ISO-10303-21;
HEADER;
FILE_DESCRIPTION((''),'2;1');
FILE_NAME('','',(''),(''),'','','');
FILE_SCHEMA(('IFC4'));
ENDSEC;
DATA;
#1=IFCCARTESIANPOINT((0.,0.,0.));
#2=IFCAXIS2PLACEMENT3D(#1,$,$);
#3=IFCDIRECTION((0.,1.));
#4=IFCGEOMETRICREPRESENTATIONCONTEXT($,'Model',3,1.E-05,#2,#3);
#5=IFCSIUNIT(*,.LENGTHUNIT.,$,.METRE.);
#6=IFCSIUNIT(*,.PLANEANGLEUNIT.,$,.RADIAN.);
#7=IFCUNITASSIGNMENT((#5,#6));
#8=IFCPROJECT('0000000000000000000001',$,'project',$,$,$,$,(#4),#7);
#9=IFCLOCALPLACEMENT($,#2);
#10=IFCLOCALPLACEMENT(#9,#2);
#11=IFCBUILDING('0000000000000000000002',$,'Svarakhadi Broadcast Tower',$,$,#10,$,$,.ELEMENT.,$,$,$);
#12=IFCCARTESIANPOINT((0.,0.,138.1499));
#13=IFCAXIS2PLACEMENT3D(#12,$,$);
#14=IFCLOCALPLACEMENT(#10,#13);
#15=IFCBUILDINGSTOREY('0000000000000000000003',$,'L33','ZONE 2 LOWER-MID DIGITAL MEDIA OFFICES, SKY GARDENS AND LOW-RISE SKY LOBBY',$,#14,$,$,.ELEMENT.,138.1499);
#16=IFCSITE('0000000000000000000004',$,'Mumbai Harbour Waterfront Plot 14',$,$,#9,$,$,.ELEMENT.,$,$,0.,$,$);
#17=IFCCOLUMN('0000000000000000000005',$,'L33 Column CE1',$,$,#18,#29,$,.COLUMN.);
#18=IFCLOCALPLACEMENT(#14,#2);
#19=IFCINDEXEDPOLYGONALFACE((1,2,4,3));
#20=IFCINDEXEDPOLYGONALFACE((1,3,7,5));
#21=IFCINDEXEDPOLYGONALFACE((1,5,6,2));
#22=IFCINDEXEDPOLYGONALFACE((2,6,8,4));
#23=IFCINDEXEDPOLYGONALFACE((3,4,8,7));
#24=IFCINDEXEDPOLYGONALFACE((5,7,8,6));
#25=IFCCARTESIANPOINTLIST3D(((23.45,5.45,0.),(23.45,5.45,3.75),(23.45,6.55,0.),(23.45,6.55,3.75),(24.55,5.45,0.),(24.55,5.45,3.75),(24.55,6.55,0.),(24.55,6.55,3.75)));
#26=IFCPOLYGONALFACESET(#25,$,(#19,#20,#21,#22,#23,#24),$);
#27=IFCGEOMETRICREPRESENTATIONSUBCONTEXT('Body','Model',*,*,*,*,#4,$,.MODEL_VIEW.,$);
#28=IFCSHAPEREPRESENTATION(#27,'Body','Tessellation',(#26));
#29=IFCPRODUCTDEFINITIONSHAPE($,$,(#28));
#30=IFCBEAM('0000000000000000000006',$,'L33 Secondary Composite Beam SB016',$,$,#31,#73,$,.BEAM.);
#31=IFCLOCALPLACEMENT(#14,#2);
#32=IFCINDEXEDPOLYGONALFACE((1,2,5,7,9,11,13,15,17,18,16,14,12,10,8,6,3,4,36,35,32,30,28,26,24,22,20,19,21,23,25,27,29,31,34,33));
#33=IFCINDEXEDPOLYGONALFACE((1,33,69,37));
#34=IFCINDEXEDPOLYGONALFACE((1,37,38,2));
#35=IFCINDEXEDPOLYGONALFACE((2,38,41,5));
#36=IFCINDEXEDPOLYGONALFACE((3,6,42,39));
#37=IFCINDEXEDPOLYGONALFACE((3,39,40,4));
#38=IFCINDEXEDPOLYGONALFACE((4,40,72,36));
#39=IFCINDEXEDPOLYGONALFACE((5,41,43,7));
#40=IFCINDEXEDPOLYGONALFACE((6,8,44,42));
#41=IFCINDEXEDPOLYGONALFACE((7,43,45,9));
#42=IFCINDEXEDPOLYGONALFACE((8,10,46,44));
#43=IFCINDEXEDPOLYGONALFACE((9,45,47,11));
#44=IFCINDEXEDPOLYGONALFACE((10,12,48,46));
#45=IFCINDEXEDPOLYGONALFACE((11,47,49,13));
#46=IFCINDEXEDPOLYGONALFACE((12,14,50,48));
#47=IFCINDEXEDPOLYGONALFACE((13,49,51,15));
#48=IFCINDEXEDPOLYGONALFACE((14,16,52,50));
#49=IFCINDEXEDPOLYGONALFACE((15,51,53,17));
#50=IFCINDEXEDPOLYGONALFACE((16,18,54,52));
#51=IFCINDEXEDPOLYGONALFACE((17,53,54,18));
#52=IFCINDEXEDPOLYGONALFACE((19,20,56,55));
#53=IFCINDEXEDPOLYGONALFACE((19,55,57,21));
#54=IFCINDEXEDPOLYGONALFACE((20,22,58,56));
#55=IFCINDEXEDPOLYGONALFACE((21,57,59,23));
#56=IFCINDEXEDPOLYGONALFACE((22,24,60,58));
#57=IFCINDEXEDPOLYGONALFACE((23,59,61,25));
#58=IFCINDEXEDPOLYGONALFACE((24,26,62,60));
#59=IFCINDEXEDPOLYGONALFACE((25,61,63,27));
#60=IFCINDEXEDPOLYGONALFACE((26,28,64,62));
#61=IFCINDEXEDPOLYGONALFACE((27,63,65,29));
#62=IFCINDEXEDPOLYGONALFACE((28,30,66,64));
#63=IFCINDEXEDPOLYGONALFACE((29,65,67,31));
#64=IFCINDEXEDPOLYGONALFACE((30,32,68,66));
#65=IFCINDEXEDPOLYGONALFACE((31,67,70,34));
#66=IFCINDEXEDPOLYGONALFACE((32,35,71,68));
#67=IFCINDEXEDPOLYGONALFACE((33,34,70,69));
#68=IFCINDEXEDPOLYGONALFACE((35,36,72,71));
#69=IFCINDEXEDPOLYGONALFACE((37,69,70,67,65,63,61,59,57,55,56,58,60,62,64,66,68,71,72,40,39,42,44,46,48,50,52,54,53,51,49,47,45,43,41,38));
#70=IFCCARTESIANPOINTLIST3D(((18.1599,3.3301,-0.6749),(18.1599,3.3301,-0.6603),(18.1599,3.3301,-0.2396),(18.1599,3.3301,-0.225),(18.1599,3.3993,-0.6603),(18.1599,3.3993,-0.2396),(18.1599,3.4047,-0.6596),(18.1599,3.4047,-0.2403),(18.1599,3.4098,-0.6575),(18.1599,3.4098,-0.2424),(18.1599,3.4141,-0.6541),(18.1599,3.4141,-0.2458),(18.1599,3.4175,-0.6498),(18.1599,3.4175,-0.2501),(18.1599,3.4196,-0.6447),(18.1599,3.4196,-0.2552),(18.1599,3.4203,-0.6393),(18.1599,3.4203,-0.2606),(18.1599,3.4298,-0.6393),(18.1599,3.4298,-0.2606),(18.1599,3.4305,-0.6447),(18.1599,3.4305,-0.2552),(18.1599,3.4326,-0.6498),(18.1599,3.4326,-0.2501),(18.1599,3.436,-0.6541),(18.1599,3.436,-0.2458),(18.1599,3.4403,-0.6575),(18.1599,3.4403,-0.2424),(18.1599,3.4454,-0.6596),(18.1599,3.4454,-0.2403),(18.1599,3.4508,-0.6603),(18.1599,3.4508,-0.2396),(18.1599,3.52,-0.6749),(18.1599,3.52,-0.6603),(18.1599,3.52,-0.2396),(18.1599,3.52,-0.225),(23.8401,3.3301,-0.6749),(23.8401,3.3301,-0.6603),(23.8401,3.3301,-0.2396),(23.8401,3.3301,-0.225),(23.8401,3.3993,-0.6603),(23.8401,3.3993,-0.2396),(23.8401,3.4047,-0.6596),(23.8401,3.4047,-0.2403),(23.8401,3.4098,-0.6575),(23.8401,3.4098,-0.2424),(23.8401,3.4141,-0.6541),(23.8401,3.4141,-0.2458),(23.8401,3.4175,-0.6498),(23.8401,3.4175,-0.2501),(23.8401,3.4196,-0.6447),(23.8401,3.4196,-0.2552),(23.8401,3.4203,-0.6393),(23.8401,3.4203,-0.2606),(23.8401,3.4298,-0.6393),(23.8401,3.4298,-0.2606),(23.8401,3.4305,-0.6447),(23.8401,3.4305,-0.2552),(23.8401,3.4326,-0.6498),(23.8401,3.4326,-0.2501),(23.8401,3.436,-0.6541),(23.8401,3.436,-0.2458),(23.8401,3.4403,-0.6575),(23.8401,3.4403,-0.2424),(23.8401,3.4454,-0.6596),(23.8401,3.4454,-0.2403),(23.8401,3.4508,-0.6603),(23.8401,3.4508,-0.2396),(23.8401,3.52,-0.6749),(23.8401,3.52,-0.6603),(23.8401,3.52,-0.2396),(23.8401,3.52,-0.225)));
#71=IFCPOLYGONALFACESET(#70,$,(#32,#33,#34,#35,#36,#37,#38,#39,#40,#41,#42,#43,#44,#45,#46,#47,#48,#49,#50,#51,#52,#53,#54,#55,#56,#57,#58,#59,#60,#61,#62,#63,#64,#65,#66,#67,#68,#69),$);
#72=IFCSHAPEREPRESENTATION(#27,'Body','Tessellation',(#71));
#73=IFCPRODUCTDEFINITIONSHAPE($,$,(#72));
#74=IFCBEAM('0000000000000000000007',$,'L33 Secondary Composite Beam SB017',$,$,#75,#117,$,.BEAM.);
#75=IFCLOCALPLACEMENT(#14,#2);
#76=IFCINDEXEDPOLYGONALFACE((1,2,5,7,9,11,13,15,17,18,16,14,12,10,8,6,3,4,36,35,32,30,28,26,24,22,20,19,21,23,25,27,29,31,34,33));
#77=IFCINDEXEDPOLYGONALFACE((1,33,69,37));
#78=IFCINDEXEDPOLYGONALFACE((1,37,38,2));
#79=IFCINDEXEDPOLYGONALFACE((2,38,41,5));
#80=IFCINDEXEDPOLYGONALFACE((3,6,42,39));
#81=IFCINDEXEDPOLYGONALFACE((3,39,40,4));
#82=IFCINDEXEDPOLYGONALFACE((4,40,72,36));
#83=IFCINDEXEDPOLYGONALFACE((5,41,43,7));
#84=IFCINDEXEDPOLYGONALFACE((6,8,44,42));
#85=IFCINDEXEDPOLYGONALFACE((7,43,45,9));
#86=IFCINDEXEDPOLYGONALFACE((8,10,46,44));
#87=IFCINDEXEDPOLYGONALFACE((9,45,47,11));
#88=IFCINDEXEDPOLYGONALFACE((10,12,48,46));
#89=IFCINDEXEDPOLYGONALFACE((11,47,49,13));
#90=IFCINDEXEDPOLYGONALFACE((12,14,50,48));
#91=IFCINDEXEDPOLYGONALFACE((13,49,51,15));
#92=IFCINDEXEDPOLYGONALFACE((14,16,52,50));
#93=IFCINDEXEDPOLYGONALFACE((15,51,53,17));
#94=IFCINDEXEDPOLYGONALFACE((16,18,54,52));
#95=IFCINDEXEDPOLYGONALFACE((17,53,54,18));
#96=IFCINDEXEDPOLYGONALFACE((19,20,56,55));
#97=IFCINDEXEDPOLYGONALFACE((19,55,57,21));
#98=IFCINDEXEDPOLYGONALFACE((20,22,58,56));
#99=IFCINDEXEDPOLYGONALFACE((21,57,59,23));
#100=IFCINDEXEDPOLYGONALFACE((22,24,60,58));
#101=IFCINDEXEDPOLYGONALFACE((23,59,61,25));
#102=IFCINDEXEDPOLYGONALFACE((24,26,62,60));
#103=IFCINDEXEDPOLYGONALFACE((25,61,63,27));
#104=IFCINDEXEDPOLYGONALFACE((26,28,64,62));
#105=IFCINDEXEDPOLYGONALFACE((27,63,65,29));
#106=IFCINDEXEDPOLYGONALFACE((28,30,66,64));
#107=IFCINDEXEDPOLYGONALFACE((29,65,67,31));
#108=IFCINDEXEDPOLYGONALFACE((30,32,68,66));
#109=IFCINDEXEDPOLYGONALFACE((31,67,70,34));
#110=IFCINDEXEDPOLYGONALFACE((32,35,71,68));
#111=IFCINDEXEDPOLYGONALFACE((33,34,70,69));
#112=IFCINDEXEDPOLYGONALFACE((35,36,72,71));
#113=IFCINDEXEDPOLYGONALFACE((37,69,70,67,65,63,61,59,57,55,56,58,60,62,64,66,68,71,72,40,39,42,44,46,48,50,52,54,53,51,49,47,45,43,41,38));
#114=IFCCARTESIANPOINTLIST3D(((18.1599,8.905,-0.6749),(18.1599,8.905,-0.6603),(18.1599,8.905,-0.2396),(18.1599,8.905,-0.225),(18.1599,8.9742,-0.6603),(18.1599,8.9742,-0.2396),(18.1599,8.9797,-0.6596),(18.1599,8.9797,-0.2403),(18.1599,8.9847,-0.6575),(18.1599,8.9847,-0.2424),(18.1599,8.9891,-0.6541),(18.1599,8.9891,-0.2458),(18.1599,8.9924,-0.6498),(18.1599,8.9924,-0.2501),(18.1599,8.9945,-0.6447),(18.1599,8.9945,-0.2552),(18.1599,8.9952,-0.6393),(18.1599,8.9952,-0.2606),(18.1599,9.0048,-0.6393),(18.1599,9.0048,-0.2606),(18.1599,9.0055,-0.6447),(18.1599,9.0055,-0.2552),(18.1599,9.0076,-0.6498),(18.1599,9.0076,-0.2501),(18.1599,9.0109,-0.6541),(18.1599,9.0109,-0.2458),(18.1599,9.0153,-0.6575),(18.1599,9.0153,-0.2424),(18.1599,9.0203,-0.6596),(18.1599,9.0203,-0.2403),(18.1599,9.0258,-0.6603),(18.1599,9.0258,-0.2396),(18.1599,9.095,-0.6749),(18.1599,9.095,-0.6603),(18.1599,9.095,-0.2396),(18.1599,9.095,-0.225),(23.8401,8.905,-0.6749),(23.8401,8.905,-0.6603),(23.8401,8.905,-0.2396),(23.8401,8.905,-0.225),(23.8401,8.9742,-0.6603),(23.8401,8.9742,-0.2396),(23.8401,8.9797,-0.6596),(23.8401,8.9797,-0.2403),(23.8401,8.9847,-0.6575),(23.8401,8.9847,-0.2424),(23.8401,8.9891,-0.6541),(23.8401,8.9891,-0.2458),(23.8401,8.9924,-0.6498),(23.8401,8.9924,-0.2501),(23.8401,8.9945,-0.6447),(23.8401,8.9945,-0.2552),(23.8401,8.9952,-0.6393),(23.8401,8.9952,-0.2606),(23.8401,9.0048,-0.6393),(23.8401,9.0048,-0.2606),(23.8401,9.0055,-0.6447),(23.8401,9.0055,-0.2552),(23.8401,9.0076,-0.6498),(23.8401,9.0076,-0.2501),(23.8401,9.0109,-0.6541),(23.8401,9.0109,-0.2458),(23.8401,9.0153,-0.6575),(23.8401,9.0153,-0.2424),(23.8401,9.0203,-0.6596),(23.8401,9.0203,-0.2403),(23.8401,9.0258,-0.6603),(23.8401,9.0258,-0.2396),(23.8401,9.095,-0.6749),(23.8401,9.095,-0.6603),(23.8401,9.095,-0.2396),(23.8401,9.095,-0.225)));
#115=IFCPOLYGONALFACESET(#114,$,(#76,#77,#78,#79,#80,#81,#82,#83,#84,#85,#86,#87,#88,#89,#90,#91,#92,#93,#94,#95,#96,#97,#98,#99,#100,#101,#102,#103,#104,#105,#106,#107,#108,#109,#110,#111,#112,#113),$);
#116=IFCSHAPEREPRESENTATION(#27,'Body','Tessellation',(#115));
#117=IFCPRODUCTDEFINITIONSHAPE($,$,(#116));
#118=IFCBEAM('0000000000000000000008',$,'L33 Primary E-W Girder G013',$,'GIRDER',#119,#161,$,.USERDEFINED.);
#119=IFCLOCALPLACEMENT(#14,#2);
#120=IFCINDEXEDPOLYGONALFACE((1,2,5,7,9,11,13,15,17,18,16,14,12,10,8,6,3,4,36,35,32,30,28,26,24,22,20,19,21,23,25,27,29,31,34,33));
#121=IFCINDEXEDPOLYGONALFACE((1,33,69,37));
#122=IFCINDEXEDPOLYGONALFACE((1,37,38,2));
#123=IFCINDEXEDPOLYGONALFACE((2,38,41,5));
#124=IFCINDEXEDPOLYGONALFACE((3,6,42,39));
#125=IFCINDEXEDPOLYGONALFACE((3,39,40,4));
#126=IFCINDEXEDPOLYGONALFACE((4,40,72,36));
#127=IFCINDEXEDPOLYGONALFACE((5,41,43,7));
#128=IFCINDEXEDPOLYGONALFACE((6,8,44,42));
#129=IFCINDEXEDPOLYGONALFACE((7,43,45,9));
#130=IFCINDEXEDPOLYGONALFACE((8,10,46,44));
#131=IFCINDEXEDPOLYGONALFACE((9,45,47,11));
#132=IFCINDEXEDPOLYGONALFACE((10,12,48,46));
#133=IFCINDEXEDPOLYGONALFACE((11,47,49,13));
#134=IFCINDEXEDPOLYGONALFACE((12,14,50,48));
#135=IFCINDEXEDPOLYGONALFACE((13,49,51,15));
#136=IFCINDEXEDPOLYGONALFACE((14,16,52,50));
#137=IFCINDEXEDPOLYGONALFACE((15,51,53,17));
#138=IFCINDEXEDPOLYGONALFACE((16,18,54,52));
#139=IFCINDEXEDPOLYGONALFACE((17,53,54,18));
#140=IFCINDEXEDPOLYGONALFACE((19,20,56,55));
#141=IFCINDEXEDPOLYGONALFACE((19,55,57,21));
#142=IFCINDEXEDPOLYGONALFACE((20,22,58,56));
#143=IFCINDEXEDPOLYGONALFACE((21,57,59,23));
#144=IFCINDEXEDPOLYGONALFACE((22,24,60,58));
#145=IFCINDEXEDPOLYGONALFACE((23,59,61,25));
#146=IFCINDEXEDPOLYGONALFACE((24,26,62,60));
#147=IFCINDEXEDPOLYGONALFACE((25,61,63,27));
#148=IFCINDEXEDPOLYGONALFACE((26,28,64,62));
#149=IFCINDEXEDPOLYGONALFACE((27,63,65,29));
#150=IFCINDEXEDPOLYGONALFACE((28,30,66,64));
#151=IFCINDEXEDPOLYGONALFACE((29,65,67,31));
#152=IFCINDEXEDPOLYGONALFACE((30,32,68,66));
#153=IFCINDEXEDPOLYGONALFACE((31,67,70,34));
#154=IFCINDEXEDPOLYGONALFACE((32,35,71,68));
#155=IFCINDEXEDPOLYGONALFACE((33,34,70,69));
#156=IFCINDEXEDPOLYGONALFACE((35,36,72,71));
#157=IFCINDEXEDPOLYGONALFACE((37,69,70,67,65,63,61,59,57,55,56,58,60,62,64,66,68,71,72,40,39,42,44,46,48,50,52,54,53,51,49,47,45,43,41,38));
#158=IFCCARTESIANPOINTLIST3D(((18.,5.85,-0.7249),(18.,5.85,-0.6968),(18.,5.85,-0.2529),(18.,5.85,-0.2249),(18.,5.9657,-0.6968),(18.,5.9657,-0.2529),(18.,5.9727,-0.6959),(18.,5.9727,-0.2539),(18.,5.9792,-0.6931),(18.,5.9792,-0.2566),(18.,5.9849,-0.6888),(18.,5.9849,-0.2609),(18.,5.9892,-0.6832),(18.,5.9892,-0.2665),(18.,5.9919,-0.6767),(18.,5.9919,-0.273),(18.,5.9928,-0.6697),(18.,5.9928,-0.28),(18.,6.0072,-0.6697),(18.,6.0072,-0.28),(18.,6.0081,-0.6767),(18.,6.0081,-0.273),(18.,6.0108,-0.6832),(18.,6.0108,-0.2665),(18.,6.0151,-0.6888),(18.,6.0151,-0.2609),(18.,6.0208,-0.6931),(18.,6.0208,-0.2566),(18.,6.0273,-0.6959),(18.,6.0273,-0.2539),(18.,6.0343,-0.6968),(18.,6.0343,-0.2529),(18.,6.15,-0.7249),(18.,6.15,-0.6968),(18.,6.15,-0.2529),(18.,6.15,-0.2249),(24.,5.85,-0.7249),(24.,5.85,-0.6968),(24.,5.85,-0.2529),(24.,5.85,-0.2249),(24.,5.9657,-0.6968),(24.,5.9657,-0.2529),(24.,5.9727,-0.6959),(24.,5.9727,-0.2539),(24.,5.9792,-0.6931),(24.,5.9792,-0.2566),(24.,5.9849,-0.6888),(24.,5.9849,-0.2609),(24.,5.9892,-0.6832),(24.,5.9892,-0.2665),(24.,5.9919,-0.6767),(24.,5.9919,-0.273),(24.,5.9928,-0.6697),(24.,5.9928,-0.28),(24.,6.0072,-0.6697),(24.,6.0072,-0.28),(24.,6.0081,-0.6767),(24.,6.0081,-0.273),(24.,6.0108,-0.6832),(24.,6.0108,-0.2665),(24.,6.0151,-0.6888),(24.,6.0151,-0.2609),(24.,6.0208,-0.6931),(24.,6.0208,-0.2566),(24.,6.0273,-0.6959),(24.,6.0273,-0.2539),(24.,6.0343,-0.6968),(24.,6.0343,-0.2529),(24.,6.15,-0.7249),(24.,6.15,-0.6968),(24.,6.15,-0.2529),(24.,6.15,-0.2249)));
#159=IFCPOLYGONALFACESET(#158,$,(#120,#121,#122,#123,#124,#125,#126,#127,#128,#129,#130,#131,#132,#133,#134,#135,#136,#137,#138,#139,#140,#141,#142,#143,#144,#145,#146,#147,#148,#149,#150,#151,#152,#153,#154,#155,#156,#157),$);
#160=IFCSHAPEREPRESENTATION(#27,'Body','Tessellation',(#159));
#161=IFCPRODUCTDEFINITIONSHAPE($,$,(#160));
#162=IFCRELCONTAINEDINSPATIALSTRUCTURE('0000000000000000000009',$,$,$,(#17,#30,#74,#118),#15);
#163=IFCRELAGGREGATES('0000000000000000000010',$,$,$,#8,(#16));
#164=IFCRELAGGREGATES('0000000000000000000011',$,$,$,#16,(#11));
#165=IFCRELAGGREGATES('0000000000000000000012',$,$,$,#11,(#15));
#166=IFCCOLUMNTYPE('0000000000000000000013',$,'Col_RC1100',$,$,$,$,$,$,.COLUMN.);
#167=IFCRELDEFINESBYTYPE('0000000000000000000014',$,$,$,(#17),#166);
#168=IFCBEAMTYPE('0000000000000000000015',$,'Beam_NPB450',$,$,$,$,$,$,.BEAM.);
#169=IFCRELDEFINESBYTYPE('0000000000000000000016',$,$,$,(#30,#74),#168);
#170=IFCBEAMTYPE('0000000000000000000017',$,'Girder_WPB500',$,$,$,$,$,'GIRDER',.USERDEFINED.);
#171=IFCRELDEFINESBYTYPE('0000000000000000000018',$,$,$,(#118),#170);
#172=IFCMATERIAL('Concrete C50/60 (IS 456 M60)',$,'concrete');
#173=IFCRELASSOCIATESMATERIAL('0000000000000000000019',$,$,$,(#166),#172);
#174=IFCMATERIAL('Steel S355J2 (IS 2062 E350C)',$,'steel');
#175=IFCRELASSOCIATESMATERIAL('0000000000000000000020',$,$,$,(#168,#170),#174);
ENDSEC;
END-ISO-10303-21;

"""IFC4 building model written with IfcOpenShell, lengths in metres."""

from ifc_helpers import new_model, si_unit, direction, frame, origin, origin_2d, place, context, subcontext, project, spatial, rectangle, i_section, extrude, material, material_profile, profile_set, type_object, element, save


model = new_model("IFC4")

# Units and contexts
model_context = context("Model", 3, precision=1e-05, world=origin(), true_north=direction((0.0, 1.0)))
body_context = subcontext(model_context, "Body", "Model", "MODEL_VIEW")
ifc_project = project(units=[si_unit("LENGTHUNIT", "METRE"), si_unit("PLANEANGLEUNIT", "RADIAN")], contexts=[model_context])

# Site, building, storey
site_placement = place(None, origin())
site = spatial("IfcSite", under=ifc_project, at=site_placement, Name="Mumbai Harbour Waterfront Plot 14", CompositionType="ELEMENT", RefElevation=0.0)
building_placement = place(site_placement, origin())
building = spatial("IfcBuilding", under=site, at=building_placement, Name="Svarakhadi Broadcast Tower", CompositionType="ELEMENT")
storey_placement = place(building_placement, frame((0.0, 0.0, 138.1499)))
storey = spatial("IfcBuildingStorey", under=building, at=storey_placement, Name="L33", Description="ZONE 2 LOWER-MID DIGITAL MEDIA OFFICES, SKY GARDENS AND LOW-RISE SKY LOBBY", CompositionType="ELEMENT", Elevation=138.1499)

# Column
ifc_material_1 = material(Name="Concrete C50/60 (IS 456 M60)", Category="concrete")
ifc_material_profile_1 = material_profile(ifc_material_1, rectangle(XDim=1.1001, YDim=1.1001, at=origin_2d()), Name="RC 1100x1100")
ifc_profile_set_1 = profile_set([ifc_material_profile_1], Name="Concrete C50/60 (IS 456 M60)")
column_type = type_object("IfcColumnType", Name="Col_RC1100", PredefinedType="COLUMN", material=ifc_profile_set_1)
column_placement = place(storey_placement, frame((24.0, 6.0, 0.0), z_axis=(0.0, 0.0, 1.0), x_axis=(1.0, 0.0, 0.0)))
element("IfcColumn", 1, at=column_placement, inside=storey, type_object=column_type, Name="L33 Column CE1", PredefinedType="COLUMN", context=body_context, shape_type="SweptSolid", body=[
    extrude(rectangle(XDim=1.1001, YDim=1.1001, at=origin_2d()), origin(), (0.0, 0.0, 1.0), 3.75),
])

# Beams
ifc_material_2 = material(Name="Steel S355J2 (IS 2062 E350C)", Category="steel")
ifc_material_profile_2 = material_profile(ifc_material_2, i_section(OverallWidth=0.1899, OverallDepth=0.45, WebThickness=0.0095, FlangeThickness=0.0146, FilletRadius=0.021, at=origin_2d()), Name="NPB 450x190x78")
ifc_profile_set_2 = profile_set([ifc_material_profile_2], Name="Steel S355J2 (IS 2062 E350C)")
beam_type_1 = type_object("IfcBeamType", Name="Beam_NPB450", PredefinedType="BEAM", material=ifc_profile_set_2)
for number, where, z_axis, x_axis, name in (
    (2, (18.1599, 3.425, -0.45), (1.0, 0.0, 0.0), (0.0, 1.0, 0.0), "L33 Secondary Composite Beam SB016"),
    (3, (18.1599, 9.0, -0.45), (1.0, 0.0, 0.0), (0.0, 1.0, 0.0), "L33 Secondary Composite Beam SB017"),
):
    element("IfcBeam", number, at=place(storey_placement, frame(where, z_axis=z_axis, x_axis=x_axis)), inside=storey, type_object=beam_type_1, Name=name, PredefinedType="BEAM", context=body_context, shape_type="SweptSolid", body=[
        extrude(i_section(OverallWidth=0.1899, OverallDepth=0.45, WebThickness=0.0095, FlangeThickness=0.0146, FilletRadius=0.021, at=origin_2d()), origin(), (0.0, 0.0, 1.0), 5.6802),
    ])
ifc_material_profile_3 = material_profile(ifc_material_2, i_section(OverallWidth=0.3, OverallDepth=0.5, WebThickness=0.0144, FlangeThickness=0.0281, FilletRadius=0.0271, at=origin_2d()), Name="WPB 500x300x187")
ifc_profile_set_3 = profile_set([ifc_material_profile_3], Name="Steel S355J2 (IS 2062 E350C)")
beam_type_2 = type_object("IfcBeamType", Name="Girder_WPB500", ElementType="GIRDER", PredefinedType="USERDEFINED", material=ifc_profile_set_3)
for number, where, z_axis, x_axis, name in (
    (4, (18.0, 6.0, -0.4749), (1.0, 0.0, 0.0), (0.0, 1.0, 0.0), "L33 Primary E-W Girder G013"),
):
    element("IfcBeam", number, at=place(storey_placement, frame(where, z_axis=z_axis, x_axis=x_axis)), inside=storey, type_object=beam_type_2, Name=name, ObjectType="GIRDER", PredefinedType="USERDEFINED", context=body_context, shape_type="SweptSolid", body=[
        extrude(i_section(OverallWidth=0.3, OverallDepth=0.5, WebThickness=0.0144, FlangeThickness=0.0281, FilletRadius=0.0271, at=origin_2d()), origin(), (0.0, 0.0, 1.0), 6.0),
    ])

save(model, "model.ifc")
